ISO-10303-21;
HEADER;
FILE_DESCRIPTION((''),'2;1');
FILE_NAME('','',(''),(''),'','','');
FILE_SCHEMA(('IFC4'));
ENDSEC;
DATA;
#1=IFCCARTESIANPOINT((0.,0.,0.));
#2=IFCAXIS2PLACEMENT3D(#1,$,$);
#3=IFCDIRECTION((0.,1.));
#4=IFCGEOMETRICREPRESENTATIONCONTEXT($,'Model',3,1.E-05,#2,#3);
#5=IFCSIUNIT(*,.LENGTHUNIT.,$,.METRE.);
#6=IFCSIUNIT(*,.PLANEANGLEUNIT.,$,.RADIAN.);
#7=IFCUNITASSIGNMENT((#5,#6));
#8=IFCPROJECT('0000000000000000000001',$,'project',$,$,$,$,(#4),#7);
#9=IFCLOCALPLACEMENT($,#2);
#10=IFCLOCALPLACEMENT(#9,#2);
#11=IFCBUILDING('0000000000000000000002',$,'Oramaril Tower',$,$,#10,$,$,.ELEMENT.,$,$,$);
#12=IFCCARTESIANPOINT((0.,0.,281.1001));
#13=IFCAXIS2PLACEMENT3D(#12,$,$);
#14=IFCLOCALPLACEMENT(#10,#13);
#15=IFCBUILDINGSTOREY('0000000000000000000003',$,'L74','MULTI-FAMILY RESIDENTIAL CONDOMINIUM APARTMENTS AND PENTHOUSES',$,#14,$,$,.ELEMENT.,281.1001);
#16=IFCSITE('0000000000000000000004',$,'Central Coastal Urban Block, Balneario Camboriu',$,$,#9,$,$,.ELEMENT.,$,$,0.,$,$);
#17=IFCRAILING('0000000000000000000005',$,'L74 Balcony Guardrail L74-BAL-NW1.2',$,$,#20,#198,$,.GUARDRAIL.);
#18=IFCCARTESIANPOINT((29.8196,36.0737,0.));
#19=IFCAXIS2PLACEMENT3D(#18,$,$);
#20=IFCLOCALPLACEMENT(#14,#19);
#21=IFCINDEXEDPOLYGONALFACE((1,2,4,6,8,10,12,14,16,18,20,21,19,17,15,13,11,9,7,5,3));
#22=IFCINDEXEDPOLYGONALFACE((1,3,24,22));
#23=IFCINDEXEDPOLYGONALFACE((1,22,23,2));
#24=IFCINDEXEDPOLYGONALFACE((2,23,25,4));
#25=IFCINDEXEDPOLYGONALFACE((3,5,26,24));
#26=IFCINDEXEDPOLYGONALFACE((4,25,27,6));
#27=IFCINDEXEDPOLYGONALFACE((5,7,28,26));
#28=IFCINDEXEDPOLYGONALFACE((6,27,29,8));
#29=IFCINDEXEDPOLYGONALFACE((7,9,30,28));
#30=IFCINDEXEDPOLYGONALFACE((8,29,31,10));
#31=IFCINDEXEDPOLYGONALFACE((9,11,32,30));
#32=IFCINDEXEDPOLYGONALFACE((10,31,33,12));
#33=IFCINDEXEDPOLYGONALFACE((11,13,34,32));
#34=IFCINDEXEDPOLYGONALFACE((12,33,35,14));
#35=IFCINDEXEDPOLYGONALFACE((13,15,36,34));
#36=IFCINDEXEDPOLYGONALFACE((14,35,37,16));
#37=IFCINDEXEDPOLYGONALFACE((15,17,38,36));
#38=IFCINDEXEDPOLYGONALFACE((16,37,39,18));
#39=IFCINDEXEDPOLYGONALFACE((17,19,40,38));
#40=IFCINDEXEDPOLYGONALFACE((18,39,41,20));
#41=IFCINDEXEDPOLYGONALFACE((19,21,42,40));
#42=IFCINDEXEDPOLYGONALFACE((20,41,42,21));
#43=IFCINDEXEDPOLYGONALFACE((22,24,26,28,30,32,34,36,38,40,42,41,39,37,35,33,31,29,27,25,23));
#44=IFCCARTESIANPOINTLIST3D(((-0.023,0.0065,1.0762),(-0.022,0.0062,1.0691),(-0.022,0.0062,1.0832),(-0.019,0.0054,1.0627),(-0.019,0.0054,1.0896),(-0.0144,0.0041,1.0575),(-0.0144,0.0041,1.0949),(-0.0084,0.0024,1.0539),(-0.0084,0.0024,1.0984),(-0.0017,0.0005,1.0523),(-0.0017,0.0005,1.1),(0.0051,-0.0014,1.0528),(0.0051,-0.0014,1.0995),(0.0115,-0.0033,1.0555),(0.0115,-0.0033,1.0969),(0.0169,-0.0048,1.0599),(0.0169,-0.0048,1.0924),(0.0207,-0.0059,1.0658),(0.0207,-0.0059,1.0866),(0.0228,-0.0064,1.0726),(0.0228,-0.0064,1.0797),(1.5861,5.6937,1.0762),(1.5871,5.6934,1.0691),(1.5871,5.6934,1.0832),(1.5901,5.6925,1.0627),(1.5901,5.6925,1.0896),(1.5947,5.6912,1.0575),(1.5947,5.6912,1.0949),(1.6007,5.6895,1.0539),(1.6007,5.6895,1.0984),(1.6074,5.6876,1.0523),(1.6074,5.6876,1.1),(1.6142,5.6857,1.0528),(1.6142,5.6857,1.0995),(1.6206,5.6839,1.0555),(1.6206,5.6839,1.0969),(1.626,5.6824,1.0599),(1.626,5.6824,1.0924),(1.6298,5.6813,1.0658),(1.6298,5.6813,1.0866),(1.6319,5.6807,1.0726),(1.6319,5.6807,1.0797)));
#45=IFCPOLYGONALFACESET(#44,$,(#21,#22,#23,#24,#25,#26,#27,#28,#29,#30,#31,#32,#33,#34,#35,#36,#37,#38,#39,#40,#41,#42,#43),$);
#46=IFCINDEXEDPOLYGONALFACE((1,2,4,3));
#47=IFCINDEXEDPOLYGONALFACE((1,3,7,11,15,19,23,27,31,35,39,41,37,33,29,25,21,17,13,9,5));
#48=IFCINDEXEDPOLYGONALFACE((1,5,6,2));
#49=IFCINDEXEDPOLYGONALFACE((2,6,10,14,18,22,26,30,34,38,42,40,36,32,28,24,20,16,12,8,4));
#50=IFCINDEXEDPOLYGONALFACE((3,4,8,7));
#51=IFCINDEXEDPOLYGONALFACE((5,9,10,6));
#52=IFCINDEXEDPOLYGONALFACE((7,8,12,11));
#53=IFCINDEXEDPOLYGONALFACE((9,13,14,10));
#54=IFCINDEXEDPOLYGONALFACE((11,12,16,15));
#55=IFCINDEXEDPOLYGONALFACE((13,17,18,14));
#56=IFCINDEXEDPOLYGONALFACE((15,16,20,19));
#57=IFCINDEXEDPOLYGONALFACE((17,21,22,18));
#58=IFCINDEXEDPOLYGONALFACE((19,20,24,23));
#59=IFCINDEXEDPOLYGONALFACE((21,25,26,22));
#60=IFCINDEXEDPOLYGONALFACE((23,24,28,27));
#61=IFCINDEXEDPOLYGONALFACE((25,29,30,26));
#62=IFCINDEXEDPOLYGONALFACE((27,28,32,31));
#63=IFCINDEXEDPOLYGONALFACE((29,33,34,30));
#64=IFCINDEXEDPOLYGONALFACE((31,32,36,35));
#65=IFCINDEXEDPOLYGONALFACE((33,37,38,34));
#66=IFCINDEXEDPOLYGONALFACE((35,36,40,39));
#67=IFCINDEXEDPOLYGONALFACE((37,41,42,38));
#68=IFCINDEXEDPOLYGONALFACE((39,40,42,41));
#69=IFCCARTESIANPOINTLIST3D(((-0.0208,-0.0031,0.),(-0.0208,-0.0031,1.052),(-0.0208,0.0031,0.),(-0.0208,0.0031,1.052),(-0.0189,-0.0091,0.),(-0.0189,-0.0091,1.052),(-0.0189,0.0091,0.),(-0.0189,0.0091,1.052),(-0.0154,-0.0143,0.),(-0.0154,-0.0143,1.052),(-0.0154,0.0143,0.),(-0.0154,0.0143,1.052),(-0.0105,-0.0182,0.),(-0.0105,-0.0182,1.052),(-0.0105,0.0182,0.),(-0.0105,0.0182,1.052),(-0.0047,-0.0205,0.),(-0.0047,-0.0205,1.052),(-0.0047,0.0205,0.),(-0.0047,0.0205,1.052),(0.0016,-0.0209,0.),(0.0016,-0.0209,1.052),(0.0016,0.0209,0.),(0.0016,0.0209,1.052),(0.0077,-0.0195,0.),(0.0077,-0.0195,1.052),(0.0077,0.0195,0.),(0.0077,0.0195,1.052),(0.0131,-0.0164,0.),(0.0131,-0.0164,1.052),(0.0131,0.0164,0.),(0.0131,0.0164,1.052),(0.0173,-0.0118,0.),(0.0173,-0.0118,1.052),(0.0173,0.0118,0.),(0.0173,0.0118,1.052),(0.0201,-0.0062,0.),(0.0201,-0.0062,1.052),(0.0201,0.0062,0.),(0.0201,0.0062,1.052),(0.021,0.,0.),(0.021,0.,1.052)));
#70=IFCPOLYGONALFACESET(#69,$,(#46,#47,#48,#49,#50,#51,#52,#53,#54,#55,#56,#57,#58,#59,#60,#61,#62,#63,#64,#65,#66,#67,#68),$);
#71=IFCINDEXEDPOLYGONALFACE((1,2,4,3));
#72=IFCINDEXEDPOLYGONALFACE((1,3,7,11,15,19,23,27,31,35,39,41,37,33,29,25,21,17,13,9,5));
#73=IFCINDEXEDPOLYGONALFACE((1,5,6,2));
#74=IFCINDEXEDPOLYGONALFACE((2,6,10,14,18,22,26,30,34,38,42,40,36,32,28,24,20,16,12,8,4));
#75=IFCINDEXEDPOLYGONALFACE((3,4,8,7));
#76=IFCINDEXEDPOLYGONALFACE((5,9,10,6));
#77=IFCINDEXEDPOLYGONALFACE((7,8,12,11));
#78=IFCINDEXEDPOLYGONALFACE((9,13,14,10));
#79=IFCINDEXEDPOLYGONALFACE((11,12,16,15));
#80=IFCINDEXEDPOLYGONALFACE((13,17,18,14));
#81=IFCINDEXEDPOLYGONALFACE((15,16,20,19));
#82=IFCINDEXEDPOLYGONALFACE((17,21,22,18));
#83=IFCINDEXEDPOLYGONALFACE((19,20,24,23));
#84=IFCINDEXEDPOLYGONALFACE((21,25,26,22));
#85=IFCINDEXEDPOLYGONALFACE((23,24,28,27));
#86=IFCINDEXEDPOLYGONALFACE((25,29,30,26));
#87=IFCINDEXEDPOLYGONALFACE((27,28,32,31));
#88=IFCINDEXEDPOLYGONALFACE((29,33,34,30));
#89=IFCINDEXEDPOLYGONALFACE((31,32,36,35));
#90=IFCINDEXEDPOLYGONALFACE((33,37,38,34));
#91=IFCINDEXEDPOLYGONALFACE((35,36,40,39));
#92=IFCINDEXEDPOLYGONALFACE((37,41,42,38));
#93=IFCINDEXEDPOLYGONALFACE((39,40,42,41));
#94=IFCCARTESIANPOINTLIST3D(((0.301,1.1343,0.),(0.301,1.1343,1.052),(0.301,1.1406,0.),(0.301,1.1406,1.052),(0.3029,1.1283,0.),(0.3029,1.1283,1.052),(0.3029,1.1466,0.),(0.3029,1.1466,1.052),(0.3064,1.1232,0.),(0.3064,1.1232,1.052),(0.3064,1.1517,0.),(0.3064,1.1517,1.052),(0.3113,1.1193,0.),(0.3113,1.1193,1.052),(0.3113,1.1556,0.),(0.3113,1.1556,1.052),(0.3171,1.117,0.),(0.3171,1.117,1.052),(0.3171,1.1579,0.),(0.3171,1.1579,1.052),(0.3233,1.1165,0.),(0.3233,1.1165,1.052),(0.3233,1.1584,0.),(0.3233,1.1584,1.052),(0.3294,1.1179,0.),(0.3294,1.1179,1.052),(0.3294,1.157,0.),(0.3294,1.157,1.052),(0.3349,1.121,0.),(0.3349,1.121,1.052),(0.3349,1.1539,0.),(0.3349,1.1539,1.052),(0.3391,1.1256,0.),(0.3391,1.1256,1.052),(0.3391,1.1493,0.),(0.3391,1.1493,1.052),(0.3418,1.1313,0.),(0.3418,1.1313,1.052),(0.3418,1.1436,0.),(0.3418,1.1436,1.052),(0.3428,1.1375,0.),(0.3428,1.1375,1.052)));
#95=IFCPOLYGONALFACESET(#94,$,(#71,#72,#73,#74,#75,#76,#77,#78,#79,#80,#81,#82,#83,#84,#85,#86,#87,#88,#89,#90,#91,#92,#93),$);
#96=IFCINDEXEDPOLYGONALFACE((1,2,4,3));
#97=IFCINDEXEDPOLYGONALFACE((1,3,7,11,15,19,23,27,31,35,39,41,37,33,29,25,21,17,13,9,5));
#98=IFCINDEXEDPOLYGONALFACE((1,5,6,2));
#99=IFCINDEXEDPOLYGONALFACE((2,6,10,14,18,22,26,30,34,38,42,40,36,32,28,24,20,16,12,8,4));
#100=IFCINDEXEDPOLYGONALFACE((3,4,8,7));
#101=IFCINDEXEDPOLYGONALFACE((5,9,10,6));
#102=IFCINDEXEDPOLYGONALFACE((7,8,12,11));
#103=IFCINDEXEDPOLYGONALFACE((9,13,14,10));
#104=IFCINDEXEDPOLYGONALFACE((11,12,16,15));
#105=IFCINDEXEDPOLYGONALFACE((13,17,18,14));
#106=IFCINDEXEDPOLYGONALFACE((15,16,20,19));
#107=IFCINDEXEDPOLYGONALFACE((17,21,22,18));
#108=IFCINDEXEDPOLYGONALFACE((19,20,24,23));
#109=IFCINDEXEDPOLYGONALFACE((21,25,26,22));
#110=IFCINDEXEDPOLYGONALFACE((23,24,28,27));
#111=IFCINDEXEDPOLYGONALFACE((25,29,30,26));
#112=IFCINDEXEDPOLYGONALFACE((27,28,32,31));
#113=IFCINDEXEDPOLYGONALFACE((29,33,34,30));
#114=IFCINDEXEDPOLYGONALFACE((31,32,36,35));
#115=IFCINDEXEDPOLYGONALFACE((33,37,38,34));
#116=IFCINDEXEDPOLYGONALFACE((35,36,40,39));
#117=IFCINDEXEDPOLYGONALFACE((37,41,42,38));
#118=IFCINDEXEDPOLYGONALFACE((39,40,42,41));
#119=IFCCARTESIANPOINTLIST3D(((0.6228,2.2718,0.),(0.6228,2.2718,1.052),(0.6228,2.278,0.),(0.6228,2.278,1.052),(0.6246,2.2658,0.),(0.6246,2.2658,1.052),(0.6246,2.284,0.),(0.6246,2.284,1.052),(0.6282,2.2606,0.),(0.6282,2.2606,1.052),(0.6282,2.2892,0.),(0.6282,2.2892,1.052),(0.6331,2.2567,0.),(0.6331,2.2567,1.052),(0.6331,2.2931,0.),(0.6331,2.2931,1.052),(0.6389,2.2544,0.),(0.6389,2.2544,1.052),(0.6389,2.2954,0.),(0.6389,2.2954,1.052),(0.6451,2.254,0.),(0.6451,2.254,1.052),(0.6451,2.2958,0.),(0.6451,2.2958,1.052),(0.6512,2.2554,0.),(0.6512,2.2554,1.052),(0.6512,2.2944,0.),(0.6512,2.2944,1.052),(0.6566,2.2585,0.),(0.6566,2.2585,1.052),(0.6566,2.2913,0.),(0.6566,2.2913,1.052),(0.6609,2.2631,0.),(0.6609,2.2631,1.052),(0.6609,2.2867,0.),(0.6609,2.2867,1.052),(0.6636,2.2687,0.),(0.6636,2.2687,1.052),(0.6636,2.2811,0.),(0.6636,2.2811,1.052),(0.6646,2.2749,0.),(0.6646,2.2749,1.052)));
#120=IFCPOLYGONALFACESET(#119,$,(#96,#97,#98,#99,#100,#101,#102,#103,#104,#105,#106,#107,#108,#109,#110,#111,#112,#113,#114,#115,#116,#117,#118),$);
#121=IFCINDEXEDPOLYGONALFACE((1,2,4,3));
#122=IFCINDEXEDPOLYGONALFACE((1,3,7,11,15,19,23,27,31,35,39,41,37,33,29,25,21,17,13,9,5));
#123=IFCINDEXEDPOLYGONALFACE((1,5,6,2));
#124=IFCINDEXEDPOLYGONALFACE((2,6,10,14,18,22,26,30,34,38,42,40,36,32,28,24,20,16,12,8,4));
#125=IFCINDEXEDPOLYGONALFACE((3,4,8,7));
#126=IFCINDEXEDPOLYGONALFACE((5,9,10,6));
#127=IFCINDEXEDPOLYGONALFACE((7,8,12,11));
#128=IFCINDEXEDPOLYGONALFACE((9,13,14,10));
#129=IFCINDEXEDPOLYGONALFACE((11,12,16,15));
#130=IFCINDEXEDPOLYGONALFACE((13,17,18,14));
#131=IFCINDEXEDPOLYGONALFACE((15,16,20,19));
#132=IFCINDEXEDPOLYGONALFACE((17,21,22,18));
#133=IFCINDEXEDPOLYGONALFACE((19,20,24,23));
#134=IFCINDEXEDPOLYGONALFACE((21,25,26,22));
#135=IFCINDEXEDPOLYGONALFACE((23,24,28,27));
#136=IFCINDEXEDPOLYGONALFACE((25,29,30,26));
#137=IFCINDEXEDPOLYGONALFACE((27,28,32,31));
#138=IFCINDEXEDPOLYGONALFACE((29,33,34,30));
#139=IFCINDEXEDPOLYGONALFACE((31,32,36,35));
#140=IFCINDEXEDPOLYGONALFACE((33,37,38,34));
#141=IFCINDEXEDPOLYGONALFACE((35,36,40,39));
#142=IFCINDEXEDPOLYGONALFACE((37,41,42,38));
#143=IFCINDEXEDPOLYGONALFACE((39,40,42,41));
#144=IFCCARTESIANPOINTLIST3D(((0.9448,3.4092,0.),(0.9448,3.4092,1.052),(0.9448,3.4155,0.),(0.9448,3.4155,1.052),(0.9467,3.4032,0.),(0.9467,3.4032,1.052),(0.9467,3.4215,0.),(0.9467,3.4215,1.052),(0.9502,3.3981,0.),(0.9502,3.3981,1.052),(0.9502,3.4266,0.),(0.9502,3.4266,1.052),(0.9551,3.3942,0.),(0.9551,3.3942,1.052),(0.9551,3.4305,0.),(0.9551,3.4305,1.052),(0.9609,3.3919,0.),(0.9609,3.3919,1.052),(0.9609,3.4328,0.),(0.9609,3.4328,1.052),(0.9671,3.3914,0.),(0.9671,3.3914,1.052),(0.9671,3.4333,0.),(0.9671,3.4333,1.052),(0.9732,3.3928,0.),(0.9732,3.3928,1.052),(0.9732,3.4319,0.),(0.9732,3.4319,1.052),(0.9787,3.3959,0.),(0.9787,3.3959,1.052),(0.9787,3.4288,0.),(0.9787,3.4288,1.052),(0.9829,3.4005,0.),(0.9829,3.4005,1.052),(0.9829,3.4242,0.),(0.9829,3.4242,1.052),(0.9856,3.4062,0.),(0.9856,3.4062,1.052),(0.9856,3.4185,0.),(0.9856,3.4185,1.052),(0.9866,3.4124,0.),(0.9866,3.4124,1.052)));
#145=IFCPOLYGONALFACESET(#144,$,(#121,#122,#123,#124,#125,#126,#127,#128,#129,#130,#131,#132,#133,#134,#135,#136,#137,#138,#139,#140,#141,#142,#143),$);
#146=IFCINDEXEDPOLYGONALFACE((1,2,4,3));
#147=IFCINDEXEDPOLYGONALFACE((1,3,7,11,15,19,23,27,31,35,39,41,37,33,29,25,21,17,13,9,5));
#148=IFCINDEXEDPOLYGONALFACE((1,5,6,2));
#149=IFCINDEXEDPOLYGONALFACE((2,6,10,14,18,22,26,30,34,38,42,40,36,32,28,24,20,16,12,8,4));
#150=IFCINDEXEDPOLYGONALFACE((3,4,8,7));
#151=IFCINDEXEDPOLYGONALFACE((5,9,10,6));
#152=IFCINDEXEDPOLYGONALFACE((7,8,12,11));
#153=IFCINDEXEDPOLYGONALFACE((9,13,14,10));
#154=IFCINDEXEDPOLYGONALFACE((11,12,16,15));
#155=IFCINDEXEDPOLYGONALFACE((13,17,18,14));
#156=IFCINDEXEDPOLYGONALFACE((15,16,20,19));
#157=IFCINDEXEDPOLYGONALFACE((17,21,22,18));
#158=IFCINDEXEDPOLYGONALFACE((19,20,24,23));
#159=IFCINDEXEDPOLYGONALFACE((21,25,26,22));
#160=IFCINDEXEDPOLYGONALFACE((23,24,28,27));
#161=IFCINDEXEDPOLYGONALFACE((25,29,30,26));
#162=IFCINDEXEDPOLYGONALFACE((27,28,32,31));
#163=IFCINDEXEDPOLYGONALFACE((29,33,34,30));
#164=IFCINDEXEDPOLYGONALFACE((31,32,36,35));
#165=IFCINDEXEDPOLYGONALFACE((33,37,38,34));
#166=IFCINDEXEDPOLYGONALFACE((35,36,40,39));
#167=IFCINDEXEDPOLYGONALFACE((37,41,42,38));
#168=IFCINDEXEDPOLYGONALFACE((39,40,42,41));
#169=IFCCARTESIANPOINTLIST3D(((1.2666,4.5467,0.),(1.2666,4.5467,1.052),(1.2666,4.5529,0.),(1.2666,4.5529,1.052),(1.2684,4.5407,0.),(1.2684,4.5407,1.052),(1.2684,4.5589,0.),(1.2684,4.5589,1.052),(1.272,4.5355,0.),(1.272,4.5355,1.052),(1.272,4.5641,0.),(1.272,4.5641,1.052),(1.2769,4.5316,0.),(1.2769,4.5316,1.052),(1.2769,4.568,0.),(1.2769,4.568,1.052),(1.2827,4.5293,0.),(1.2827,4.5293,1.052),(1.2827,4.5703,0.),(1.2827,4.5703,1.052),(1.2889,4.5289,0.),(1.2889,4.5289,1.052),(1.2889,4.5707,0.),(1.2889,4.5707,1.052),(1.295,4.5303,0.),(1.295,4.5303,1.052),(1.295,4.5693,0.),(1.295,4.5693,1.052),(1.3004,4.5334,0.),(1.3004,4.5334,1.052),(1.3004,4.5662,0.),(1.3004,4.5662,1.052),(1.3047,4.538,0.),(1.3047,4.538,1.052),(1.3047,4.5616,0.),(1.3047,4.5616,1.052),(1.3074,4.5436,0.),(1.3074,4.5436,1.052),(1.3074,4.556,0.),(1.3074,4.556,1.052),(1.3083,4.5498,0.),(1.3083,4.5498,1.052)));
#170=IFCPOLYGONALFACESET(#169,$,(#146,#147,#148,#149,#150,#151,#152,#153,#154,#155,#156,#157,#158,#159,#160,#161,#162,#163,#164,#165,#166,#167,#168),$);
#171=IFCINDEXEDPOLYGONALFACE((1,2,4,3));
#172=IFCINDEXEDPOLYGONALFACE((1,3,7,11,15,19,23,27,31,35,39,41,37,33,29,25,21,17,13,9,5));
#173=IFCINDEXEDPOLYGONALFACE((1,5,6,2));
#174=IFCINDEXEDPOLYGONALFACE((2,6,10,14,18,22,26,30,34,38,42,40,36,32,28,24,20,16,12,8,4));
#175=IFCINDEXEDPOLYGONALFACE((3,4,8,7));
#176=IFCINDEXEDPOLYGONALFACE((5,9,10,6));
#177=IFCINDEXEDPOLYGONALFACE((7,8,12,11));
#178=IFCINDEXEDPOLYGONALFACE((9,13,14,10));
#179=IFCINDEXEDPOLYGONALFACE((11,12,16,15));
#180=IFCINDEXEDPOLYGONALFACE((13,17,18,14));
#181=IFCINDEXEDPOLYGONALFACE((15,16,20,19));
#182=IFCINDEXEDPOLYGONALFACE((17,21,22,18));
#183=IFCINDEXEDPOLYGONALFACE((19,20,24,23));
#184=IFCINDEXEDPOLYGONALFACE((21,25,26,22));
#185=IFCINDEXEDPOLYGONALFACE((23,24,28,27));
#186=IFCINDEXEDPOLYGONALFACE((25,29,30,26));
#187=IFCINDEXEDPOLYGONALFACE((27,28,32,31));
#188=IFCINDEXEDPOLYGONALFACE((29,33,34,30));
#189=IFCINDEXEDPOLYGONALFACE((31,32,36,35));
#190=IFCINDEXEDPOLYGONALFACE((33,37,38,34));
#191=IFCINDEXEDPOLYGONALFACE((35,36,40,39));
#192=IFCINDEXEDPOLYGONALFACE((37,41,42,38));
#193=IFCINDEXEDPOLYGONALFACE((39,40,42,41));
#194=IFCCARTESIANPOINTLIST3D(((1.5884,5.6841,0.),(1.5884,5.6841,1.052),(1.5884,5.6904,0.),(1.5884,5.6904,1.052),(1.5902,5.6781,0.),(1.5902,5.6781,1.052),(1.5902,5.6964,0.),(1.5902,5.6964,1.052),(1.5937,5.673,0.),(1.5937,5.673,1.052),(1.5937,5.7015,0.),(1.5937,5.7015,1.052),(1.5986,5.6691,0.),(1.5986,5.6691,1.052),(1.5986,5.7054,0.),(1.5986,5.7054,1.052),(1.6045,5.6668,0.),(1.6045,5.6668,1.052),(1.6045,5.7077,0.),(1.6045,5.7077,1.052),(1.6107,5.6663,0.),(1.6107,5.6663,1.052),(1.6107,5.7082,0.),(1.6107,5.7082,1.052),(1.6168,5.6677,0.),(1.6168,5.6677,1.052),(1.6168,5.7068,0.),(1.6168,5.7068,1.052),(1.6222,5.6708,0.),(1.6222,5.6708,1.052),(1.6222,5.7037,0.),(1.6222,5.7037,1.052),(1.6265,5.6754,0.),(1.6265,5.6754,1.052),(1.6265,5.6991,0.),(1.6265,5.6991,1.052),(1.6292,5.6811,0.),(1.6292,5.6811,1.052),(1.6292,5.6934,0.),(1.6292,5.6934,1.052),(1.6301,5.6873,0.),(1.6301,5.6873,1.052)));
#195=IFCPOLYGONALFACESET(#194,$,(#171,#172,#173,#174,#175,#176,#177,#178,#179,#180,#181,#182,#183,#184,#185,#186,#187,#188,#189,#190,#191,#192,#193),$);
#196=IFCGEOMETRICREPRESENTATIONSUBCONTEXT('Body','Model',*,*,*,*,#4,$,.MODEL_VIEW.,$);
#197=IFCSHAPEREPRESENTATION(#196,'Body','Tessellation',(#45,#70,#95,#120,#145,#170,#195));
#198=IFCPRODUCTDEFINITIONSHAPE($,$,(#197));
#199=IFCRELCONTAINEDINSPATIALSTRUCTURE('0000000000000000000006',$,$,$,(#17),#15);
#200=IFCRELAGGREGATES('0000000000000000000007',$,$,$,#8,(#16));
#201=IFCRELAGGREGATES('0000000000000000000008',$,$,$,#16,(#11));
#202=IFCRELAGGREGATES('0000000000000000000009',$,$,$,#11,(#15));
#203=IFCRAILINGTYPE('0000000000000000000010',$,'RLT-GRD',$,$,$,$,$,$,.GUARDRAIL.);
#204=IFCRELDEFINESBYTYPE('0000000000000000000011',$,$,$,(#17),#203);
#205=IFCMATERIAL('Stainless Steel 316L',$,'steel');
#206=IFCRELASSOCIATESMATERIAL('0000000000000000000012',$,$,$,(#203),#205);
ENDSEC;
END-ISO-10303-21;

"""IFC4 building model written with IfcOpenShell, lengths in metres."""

from ifc_helpers import new_model, si_unit, direction, frame, origin, origin_2d, place, context, subcontext, project, spatial, circle, extrude, material, type_object, element, save


model = new_model("IFC4")

# Units and contexts
model_context = context("Model", 3, precision=1e-05, world=origin(), true_north=direction((0.0, 1.0)))
body_context = subcontext(model_context, "Body", "Model", "MODEL_VIEW")
ifc_project = project(units=[si_unit("LENGTHUNIT", "METRE"), si_unit("PLANEANGLEUNIT", "RADIAN")], contexts=[model_context])

# Site, building, storey
site_placement = place(None, origin())
site = spatial("IfcSite", under=ifc_project, at=site_placement, Name="Central Coastal Urban Block, Balneario Camboriu", CompositionType="ELEMENT", RefElevation=0.0)
building_placement = place(site_placement, origin())
building = spatial("IfcBuilding", under=site, at=building_placement, Name="Oramaril Tower", CompositionType="ELEMENT")
storey_placement = place(building_placement, frame((0.0, 0.0, 281.1001)))
storey = spatial("IfcBuildingStorey", under=building, at=storey_placement, Name="L74", Description="MULTI-FAMILY RESIDENTIAL CONDOMINIUM APARTMENTS AND PENTHOUSES", CompositionType="ELEMENT", Elevation=281.1001)

# Railing
ifc_material_1 = material(Name="Stainless Steel 316L", Category="steel")
railing_type = type_object("IfcRailingType", Name="RLT-GRD", PredefinedType="GUARDRAIL", material=ifc_material_1)
railing_1_placement = place(storey_placement, frame((29.8196, 36.0737, 0.0)))
element("IfcRailing", 1, at=railing_1_placement, inside=storey, type_object=railing_type, Name="L74 Balcony Guardrail L74-BAL-NW1.2", PredefinedType="GUARDRAIL", context=body_context, shape_type="SweptSolid", body=[
    extrude(circle(Radius=0.0239, at=origin_2d()), frame((0.0, 0.0, 1.0762), z_axis=(0.272249, 0.962227, 0.0), x_axis=(-0.962227, 0.272249, 0.0)), (0.0, 0.0, 1.0), 5.9104),
    extrude(circle(Radius=0.021, at=origin_2d()), origin(), (0.0, 0.0, 1.0), 1.052),
    extrude(circle(Radius=0.021, at=origin_2d()), frame((0.3218, 1.1375, 0.0)), (0.0, 0.0, 1.0), 1.052),
    extrude(circle(Radius=0.021, at=origin_2d()), frame((0.6436, 2.2749, 0.0)), (0.0, 0.0, 1.0), 1.052),
    extrude(circle(Radius=0.021, at=origin_2d()), frame((0.9656, 3.4124, 0.0)), (0.0, 0.0, 1.0), 1.052),
    extrude(circle(Radius=0.021, at=origin_2d()), frame((1.2874, 4.5498, 0.0)), (0.0, 0.0, 1.0), 1.052),
    extrude(circle(Radius=0.021, at=origin_2d()), frame((1.6091, 5.6873, 0.0)), (0.0, 0.0, 1.0), 1.052),
])

save(model, "model.ifc")
